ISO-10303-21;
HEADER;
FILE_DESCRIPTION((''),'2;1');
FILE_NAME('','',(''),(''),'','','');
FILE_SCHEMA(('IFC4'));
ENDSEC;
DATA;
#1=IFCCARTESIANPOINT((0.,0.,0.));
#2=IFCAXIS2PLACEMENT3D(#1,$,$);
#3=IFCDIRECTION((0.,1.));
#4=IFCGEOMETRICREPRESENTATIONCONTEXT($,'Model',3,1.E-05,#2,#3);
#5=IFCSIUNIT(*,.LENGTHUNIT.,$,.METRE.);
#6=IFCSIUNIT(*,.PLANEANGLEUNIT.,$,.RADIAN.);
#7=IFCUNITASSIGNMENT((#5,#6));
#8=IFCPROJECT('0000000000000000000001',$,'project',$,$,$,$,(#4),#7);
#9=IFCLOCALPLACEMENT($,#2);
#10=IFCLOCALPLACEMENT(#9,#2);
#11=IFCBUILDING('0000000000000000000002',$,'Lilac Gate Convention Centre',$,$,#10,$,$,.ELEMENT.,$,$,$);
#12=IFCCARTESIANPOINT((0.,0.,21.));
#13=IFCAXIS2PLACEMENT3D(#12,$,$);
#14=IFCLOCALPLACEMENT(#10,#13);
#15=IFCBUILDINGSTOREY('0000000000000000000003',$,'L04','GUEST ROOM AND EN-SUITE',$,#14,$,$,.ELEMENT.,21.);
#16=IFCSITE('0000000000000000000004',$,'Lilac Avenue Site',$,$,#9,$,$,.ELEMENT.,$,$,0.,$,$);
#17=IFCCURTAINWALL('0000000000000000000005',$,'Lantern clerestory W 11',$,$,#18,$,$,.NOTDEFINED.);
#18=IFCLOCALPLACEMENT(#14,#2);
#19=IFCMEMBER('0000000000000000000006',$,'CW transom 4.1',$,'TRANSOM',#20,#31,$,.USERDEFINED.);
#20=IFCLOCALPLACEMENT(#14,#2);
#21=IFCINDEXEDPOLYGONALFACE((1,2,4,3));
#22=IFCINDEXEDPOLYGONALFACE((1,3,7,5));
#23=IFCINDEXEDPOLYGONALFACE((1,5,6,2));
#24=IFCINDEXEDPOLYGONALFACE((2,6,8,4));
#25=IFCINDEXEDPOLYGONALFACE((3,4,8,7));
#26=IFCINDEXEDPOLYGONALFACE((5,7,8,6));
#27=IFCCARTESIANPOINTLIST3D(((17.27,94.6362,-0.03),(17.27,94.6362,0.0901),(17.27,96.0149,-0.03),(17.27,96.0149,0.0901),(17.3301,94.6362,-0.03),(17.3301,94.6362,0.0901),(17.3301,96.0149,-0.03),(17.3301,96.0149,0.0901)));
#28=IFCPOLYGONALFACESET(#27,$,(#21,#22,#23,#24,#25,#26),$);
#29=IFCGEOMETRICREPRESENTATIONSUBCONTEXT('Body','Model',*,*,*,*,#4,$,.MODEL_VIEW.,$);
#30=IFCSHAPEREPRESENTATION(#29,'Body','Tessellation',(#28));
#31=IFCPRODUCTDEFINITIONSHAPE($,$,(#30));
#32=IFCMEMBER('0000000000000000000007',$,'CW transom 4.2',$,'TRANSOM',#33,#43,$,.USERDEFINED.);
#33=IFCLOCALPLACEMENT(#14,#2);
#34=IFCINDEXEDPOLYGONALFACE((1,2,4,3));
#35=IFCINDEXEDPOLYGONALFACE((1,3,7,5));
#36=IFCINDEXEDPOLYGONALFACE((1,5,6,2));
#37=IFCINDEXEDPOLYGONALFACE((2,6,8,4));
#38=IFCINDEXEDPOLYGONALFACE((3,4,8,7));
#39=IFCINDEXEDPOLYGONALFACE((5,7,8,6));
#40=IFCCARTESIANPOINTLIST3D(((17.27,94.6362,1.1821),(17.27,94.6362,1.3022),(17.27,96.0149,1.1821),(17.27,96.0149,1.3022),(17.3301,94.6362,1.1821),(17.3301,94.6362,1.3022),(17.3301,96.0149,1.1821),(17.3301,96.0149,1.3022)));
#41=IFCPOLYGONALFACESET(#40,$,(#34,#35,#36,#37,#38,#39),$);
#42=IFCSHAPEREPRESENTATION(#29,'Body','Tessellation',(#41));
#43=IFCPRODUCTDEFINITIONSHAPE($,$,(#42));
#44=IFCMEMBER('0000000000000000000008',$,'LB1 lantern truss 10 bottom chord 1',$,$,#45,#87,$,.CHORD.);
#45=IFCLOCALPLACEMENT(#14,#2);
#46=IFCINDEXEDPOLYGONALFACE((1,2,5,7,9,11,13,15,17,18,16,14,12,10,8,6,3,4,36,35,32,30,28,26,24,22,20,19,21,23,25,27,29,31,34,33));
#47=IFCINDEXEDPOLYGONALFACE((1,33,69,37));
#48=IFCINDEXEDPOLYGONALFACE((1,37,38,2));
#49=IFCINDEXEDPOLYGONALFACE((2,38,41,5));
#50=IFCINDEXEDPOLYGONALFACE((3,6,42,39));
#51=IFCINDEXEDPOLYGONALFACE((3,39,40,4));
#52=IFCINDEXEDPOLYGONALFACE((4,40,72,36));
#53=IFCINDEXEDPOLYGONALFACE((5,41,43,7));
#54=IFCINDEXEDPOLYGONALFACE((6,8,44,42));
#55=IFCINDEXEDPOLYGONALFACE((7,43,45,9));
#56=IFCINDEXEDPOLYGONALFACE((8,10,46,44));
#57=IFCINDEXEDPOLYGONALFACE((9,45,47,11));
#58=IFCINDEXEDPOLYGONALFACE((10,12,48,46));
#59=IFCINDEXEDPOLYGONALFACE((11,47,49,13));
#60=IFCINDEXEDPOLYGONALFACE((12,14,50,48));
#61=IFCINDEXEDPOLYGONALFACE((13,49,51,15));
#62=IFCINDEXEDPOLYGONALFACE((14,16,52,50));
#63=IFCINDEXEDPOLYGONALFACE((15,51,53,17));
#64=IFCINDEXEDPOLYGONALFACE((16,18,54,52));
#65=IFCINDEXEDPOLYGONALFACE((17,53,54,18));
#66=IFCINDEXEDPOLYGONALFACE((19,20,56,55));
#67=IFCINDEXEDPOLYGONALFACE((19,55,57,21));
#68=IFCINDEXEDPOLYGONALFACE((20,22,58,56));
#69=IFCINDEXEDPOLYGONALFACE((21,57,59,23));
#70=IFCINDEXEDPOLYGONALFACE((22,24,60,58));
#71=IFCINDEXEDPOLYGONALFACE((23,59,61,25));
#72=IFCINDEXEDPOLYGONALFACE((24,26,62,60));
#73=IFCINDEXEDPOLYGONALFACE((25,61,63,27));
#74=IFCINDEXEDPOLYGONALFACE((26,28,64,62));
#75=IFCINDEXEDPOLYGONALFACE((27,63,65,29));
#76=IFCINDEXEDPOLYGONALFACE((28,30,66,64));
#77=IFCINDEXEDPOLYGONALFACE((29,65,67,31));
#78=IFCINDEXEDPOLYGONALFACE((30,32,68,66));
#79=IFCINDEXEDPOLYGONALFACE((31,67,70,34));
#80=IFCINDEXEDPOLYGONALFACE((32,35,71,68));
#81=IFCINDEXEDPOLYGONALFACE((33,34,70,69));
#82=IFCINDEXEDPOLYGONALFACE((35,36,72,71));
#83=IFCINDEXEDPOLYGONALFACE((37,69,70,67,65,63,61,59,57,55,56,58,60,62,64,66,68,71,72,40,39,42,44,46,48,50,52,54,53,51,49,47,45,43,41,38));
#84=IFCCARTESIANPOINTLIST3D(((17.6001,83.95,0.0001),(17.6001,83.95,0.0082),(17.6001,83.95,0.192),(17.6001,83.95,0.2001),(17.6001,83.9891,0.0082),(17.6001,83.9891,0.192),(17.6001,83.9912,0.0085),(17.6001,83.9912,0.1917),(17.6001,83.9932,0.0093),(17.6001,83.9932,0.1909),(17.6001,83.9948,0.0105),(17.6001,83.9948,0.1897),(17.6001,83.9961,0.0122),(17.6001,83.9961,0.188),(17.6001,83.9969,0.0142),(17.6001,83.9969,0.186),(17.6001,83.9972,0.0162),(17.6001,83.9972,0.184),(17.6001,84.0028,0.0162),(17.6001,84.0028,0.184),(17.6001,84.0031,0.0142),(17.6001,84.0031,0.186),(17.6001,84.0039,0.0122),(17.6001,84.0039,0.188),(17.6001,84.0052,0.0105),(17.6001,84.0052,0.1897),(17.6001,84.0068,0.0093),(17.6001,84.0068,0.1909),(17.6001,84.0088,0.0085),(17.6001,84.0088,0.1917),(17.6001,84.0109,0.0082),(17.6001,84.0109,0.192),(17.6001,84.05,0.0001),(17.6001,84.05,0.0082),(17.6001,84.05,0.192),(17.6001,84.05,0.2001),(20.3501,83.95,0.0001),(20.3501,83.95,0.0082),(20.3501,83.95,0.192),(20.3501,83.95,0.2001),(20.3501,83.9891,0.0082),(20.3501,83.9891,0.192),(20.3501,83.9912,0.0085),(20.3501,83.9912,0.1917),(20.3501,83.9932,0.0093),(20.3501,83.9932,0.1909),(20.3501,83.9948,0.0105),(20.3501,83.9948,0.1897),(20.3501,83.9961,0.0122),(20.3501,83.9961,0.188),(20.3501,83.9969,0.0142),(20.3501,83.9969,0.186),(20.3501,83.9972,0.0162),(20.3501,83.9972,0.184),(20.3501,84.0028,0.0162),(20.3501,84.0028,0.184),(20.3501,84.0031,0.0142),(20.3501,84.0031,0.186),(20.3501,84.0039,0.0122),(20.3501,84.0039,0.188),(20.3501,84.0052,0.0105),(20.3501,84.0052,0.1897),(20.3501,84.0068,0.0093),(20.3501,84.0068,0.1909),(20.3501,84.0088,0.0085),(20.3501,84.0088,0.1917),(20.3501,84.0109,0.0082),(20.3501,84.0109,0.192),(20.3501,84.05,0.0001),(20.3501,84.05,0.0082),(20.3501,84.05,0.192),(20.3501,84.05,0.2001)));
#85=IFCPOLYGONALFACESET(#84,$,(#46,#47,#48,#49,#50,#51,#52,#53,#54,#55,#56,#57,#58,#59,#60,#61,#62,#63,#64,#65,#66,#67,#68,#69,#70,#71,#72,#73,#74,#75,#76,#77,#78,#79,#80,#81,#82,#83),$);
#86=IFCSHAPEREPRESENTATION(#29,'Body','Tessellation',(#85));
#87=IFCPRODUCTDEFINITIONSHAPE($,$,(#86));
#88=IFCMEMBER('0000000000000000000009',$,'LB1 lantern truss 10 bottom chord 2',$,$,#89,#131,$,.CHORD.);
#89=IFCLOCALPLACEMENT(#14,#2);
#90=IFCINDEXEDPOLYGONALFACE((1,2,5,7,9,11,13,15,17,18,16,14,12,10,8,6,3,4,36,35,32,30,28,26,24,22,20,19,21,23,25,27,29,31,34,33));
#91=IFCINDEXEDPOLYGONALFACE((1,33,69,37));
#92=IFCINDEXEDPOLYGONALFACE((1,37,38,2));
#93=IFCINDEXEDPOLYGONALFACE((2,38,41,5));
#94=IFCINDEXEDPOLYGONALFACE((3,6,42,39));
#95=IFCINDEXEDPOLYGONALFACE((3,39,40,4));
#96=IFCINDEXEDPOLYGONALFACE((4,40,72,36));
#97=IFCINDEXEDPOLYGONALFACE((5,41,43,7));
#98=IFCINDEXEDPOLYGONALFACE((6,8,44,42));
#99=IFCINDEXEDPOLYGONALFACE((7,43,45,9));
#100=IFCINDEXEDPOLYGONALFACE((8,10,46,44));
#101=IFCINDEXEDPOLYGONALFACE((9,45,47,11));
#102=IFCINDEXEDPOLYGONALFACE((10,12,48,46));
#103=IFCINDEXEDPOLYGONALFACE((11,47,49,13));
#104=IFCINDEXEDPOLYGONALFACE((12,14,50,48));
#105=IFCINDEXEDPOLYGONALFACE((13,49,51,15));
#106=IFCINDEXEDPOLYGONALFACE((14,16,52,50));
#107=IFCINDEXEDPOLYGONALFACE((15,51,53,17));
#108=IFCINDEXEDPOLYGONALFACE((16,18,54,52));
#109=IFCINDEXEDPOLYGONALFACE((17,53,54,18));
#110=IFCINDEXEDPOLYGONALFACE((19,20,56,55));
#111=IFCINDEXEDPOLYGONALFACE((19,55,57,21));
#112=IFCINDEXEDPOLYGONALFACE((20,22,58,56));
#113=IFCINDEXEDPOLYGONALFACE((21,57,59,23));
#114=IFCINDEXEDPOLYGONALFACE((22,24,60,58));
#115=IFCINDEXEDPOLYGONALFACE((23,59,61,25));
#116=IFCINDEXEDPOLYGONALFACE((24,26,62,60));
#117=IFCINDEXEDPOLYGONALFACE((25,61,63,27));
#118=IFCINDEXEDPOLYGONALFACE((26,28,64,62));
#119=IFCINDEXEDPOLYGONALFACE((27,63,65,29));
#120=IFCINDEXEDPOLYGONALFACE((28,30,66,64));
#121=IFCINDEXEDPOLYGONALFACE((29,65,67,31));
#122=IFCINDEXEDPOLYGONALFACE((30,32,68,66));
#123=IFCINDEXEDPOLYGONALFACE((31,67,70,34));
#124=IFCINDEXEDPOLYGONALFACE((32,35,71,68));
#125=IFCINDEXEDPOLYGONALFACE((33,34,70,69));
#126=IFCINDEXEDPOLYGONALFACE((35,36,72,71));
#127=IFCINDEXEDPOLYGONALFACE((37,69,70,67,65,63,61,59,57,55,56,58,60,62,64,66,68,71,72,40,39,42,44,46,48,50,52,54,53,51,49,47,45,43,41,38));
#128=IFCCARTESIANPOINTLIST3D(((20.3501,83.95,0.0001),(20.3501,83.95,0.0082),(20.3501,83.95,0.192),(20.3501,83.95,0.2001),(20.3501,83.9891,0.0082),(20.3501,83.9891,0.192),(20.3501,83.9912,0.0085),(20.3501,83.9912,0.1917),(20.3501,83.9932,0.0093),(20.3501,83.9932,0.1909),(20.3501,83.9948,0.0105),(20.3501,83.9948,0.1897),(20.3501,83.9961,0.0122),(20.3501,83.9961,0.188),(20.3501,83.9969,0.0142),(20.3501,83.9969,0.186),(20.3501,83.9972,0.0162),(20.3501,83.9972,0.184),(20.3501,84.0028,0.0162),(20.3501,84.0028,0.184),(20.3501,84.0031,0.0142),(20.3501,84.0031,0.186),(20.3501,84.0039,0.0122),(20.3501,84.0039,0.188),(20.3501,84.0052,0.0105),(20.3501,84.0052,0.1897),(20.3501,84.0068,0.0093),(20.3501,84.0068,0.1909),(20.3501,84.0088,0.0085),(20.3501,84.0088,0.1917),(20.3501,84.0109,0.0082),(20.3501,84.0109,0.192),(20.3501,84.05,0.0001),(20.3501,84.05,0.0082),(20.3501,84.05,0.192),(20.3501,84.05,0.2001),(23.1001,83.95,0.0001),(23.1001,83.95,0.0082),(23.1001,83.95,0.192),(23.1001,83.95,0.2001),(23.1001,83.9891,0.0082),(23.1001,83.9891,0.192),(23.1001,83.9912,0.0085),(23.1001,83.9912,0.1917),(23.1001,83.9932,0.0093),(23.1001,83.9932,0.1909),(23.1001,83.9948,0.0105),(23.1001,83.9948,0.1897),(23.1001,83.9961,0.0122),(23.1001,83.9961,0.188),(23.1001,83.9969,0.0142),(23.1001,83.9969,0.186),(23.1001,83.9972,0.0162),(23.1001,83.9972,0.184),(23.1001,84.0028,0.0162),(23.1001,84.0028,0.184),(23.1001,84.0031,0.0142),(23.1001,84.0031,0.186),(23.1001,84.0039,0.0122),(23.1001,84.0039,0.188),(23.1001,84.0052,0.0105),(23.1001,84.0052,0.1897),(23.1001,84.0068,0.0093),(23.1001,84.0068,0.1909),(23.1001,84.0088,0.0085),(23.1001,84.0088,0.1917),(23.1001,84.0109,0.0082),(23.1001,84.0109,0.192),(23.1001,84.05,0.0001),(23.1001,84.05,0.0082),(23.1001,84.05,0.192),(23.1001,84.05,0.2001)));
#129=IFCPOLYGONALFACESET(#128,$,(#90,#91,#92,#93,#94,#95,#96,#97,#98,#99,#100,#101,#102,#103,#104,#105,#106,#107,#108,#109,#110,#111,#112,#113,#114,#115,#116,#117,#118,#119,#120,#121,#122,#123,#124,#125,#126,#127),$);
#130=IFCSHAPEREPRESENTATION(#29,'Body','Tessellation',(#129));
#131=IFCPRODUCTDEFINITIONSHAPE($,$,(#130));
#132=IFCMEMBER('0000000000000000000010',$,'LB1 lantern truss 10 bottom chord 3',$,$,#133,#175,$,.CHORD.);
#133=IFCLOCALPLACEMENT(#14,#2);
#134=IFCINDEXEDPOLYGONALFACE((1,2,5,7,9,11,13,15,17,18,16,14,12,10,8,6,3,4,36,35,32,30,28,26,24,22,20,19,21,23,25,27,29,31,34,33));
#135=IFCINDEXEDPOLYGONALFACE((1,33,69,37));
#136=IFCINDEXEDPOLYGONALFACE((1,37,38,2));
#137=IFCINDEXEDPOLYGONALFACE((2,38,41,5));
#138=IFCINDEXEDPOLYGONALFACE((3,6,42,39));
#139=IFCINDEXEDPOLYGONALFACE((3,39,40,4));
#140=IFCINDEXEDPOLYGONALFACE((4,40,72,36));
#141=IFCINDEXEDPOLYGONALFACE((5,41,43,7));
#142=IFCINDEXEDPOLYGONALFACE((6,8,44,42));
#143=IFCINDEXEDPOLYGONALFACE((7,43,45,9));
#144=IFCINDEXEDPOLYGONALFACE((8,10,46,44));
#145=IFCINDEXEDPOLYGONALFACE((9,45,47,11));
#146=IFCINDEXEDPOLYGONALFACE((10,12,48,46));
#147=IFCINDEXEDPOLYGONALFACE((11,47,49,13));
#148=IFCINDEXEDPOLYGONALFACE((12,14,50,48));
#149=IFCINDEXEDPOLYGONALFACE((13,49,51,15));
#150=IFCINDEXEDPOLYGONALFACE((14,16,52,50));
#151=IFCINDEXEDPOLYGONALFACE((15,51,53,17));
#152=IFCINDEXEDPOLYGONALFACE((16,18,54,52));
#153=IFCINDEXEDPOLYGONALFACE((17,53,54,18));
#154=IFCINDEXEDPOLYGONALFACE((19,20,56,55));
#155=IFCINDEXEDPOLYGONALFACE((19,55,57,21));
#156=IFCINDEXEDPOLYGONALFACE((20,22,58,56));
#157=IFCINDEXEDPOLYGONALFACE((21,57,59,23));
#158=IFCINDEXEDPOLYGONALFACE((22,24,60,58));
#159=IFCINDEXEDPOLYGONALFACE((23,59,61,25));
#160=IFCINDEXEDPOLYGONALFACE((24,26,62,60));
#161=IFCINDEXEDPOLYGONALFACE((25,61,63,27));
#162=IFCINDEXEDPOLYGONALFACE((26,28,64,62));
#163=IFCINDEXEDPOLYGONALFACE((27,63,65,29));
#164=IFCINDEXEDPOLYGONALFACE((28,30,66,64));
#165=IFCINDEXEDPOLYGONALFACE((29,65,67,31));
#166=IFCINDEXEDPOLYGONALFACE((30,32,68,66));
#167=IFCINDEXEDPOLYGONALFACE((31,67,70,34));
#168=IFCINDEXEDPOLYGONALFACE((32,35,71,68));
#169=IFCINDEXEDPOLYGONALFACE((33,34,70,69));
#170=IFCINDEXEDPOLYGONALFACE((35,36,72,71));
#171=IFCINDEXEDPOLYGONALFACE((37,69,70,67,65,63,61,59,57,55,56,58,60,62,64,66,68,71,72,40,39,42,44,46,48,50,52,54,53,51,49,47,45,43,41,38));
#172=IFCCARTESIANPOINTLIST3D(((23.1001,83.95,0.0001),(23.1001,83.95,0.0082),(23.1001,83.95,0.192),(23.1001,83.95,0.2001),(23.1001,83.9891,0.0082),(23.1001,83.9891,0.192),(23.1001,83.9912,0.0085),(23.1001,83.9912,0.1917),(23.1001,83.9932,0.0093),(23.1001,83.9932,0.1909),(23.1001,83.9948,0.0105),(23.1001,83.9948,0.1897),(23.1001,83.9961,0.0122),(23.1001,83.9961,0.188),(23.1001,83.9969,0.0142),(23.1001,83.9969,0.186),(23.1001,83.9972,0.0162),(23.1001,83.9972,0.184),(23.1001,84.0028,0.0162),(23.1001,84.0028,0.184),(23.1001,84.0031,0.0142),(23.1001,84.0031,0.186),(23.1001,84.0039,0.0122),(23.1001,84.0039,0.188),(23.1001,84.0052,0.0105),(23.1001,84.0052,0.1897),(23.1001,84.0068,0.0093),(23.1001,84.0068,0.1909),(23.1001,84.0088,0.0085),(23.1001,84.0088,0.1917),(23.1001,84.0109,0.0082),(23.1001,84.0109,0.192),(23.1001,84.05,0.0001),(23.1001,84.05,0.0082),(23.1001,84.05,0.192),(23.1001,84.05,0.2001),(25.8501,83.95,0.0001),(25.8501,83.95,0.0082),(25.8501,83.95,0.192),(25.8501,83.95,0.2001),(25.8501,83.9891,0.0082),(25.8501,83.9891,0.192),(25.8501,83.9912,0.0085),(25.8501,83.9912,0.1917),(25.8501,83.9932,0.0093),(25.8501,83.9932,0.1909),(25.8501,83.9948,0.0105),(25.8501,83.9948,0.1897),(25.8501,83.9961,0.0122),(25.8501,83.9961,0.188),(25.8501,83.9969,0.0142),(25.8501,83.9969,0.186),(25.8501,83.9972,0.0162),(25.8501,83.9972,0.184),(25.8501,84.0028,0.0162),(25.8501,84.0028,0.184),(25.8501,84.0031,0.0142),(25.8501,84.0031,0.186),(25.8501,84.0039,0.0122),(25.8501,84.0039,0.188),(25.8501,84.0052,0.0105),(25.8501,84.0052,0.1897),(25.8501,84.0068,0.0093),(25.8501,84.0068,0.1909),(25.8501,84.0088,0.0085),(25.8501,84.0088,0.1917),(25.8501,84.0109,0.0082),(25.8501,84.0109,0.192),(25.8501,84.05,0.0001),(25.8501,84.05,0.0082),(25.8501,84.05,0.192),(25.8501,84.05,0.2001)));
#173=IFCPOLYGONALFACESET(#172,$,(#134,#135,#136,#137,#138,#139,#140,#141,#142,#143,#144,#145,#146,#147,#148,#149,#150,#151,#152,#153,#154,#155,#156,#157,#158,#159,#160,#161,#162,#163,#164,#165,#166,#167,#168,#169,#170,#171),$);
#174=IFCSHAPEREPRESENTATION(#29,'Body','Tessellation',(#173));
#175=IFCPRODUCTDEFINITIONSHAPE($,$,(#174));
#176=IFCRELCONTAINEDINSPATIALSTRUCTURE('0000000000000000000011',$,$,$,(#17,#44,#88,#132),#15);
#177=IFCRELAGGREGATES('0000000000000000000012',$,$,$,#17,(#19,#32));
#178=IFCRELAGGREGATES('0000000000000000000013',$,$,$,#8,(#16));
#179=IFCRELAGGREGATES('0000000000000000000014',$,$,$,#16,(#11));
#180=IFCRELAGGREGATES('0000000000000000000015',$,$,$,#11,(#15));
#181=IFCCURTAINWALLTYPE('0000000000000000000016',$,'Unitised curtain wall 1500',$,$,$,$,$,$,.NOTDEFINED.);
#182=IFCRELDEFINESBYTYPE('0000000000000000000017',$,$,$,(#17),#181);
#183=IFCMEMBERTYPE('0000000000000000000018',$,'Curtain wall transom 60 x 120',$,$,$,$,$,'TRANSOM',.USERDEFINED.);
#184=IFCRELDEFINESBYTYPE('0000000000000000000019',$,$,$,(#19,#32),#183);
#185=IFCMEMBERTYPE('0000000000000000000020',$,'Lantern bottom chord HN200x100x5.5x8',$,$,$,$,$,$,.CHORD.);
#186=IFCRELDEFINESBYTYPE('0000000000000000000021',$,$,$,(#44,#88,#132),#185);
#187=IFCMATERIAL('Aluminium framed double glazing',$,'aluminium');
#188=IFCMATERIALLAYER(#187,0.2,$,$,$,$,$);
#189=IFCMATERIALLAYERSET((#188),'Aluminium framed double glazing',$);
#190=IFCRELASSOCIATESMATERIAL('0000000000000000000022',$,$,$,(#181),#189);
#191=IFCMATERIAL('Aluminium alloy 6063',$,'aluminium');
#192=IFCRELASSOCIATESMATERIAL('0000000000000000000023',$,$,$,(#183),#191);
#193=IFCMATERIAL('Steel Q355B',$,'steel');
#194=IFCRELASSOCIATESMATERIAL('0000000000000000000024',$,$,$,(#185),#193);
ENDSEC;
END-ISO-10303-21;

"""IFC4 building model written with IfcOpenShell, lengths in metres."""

from ifc_helpers import new_model, si_unit, direction, frame, origin, origin_2d, place, context, subcontext, project, spatial, rectangle, i_section, extrude, material, layer, layer_set, material_profile, profile_set, type_object, element, aggregate, save


model = new_model("IFC4")

# Units and contexts
model_context = context("Model", 3, precision=1e-05, world=origin(), true_north=direction((0.0, 1.0)))
body_context = subcontext(model_context, "Body", "Model", "MODEL_VIEW")
ifc_project = project(units=[si_unit("LENGTHUNIT", "METRE"), si_unit("PLANEANGLEUNIT", "RADIAN")], contexts=[model_context])

# Site, building, storey
site_placement = place(None, origin())
site = spatial("IfcSite", under=ifc_project, at=site_placement, Name="Lilac Avenue Site", CompositionType="ELEMENT", RefElevation=0.0)
building_placement = place(site_placement, origin())
building = spatial("IfcBuilding", under=site, at=building_placement, Name="Lilac Gate Convention Centre", CompositionType="ELEMENT")
storey_placement = place(building_placement, frame((0.0, 0.0, 21.0)))
storey = spatial("IfcBuildingStorey", under=building, at=storey_placement, Name="L04", Description="GUEST ROOM AND EN-SUITE", CompositionType="ELEMENT", Elevation=21.0)

# Curtain wall, members
ifc_material_1 = material(Name="Aluminium framed double glazing", Category="aluminium")
ifc_layer_1 = layer(ifc_material_1, 0.2)
ifc_layer_set_1 = layer_set([ifc_layer_1], Name="Aluminium framed double glazing")
curtain_wall_type = type_object("IfcCurtainWallType", Name="Unitised curtain wall 1500", PredefinedType="NOTDEFINED", material=ifc_layer_set_1)
curtain_wall_placement = place(storey_placement, origin())
curtain_wall = element("IfcCurtainWall", 1, at=curtain_wall_placement, inside=storey, type_object=curtain_wall_type, Name="Lantern clerestory W 11", PredefinedType="NOTDEFINED")
ifc_material_2 = material(Name="Aluminium alloy 6063", Category="aluminium")
ifc_material_profile_1 = material_profile(ifc_material_2, rectangle(XDim=0.0601, YDim=0.1201, at=origin_2d()), Name="Curtain wall transom 60 x 120")
ifc_profile_set_1 = profile_set([ifc_material_profile_1], Name="Aluminium alloy 6063")
member_type_1 = type_object("IfcMemberType", Name="Curtain wall transom 60 x 120", ElementType="TRANSOM", PredefinedType="USERDEFINED", material=ifc_profile_set_1)
member_1_placement = place(storey_placement, frame((17.3, 94.6362, 0.03), z_axis=(0.0, 1.0, 0.0), x_axis=(-1.0, 0.0, 0.0)))
member_1 = element("IfcMember", 2, at=member_1_placement, type_object=member_type_1, Name="CW transom 4.1", ObjectType="TRANSOM", PredefinedType="USERDEFINED", context=body_context, shape_type="SweptSolid", body=[
    extrude(rectangle(XDim=0.0601, YDim=0.1201, at=origin_2d()), origin(), (0.0, 0.0, 1.0), 1.3787),
])
member_2_placement = place(storey_placement, frame((17.3, 94.6362, 1.2422), z_axis=(0.0, 1.0, 0.0), x_axis=(-1.0, 0.0, 0.0)))
member_2 = element("IfcMember", 3, at=member_2_placement, type_object=member_type_1, Name="CW transom 4.2", ObjectType="TRANSOM", PredefinedType="USERDEFINED", context=body_context, shape_type="SweptSolid", body=[
    extrude(rectangle(XDim=0.0601, YDim=0.1201, at=origin_2d()), origin(), (0.0, 0.0, 1.0), 1.3787),
])

# Members
ifc_material_3 = material(Name="Steel Q355B", Category="steel")
ifc_material_profile_2 = material_profile(ifc_material_3, i_section(OverallWidth=0.1001, OverallDepth=0.2, WebThickness=0.0056, FlangeThickness=0.0081, FilletRadius=0.0081, at=origin_2d()), Name="HN200x100x5.5x8")
ifc_profile_set_2 = profile_set([ifc_material_profile_2], Name="Steel Q355B")
member_type_2 = type_object("IfcMemberType", Name="Lantern bottom chord HN200x100x5.5x8", PredefinedType="CHORD", material=ifc_profile_set_2)
for number, where, z_axis, x_axis, name in (
    (4, (17.6001, 84.0, 0.1001), (1.0, 0.0, 0.0), (0.0, 1.0, 0.0), "LB1 lantern truss 10 bottom chord 1"),
    (5, (20.3501, 84.0, 0.1001), (1.0, 0.0, 0.0), (0.0, 1.0, 0.0), "LB1 lantern truss 10 bottom chord 2"),
    (6, (23.1001, 84.0, 0.1001), (1.0, 0.0, 0.0), (0.0, 1.0, 0.0), "LB1 lantern truss 10 bottom chord 3"),
):
    element("IfcMember", number, at=place(storey_placement, frame(where, z_axis=z_axis, x_axis=x_axis)), inside=storey, type_object=member_type_2, Name=name, PredefinedType="CHORD", context=body_context, shape_type="SweptSolid", body=[
        extrude(i_section(OverallWidth=0.1001, OverallDepth=0.2, WebThickness=0.0056, FlangeThickness=0.0081, FilletRadius=0.0081, at=origin_2d()), origin(), (0.0, 0.0, 1.0), 2.75),
    ])

aggregate(curtain_wall, [member_1, member_2])

save(model, "model.ifc")
